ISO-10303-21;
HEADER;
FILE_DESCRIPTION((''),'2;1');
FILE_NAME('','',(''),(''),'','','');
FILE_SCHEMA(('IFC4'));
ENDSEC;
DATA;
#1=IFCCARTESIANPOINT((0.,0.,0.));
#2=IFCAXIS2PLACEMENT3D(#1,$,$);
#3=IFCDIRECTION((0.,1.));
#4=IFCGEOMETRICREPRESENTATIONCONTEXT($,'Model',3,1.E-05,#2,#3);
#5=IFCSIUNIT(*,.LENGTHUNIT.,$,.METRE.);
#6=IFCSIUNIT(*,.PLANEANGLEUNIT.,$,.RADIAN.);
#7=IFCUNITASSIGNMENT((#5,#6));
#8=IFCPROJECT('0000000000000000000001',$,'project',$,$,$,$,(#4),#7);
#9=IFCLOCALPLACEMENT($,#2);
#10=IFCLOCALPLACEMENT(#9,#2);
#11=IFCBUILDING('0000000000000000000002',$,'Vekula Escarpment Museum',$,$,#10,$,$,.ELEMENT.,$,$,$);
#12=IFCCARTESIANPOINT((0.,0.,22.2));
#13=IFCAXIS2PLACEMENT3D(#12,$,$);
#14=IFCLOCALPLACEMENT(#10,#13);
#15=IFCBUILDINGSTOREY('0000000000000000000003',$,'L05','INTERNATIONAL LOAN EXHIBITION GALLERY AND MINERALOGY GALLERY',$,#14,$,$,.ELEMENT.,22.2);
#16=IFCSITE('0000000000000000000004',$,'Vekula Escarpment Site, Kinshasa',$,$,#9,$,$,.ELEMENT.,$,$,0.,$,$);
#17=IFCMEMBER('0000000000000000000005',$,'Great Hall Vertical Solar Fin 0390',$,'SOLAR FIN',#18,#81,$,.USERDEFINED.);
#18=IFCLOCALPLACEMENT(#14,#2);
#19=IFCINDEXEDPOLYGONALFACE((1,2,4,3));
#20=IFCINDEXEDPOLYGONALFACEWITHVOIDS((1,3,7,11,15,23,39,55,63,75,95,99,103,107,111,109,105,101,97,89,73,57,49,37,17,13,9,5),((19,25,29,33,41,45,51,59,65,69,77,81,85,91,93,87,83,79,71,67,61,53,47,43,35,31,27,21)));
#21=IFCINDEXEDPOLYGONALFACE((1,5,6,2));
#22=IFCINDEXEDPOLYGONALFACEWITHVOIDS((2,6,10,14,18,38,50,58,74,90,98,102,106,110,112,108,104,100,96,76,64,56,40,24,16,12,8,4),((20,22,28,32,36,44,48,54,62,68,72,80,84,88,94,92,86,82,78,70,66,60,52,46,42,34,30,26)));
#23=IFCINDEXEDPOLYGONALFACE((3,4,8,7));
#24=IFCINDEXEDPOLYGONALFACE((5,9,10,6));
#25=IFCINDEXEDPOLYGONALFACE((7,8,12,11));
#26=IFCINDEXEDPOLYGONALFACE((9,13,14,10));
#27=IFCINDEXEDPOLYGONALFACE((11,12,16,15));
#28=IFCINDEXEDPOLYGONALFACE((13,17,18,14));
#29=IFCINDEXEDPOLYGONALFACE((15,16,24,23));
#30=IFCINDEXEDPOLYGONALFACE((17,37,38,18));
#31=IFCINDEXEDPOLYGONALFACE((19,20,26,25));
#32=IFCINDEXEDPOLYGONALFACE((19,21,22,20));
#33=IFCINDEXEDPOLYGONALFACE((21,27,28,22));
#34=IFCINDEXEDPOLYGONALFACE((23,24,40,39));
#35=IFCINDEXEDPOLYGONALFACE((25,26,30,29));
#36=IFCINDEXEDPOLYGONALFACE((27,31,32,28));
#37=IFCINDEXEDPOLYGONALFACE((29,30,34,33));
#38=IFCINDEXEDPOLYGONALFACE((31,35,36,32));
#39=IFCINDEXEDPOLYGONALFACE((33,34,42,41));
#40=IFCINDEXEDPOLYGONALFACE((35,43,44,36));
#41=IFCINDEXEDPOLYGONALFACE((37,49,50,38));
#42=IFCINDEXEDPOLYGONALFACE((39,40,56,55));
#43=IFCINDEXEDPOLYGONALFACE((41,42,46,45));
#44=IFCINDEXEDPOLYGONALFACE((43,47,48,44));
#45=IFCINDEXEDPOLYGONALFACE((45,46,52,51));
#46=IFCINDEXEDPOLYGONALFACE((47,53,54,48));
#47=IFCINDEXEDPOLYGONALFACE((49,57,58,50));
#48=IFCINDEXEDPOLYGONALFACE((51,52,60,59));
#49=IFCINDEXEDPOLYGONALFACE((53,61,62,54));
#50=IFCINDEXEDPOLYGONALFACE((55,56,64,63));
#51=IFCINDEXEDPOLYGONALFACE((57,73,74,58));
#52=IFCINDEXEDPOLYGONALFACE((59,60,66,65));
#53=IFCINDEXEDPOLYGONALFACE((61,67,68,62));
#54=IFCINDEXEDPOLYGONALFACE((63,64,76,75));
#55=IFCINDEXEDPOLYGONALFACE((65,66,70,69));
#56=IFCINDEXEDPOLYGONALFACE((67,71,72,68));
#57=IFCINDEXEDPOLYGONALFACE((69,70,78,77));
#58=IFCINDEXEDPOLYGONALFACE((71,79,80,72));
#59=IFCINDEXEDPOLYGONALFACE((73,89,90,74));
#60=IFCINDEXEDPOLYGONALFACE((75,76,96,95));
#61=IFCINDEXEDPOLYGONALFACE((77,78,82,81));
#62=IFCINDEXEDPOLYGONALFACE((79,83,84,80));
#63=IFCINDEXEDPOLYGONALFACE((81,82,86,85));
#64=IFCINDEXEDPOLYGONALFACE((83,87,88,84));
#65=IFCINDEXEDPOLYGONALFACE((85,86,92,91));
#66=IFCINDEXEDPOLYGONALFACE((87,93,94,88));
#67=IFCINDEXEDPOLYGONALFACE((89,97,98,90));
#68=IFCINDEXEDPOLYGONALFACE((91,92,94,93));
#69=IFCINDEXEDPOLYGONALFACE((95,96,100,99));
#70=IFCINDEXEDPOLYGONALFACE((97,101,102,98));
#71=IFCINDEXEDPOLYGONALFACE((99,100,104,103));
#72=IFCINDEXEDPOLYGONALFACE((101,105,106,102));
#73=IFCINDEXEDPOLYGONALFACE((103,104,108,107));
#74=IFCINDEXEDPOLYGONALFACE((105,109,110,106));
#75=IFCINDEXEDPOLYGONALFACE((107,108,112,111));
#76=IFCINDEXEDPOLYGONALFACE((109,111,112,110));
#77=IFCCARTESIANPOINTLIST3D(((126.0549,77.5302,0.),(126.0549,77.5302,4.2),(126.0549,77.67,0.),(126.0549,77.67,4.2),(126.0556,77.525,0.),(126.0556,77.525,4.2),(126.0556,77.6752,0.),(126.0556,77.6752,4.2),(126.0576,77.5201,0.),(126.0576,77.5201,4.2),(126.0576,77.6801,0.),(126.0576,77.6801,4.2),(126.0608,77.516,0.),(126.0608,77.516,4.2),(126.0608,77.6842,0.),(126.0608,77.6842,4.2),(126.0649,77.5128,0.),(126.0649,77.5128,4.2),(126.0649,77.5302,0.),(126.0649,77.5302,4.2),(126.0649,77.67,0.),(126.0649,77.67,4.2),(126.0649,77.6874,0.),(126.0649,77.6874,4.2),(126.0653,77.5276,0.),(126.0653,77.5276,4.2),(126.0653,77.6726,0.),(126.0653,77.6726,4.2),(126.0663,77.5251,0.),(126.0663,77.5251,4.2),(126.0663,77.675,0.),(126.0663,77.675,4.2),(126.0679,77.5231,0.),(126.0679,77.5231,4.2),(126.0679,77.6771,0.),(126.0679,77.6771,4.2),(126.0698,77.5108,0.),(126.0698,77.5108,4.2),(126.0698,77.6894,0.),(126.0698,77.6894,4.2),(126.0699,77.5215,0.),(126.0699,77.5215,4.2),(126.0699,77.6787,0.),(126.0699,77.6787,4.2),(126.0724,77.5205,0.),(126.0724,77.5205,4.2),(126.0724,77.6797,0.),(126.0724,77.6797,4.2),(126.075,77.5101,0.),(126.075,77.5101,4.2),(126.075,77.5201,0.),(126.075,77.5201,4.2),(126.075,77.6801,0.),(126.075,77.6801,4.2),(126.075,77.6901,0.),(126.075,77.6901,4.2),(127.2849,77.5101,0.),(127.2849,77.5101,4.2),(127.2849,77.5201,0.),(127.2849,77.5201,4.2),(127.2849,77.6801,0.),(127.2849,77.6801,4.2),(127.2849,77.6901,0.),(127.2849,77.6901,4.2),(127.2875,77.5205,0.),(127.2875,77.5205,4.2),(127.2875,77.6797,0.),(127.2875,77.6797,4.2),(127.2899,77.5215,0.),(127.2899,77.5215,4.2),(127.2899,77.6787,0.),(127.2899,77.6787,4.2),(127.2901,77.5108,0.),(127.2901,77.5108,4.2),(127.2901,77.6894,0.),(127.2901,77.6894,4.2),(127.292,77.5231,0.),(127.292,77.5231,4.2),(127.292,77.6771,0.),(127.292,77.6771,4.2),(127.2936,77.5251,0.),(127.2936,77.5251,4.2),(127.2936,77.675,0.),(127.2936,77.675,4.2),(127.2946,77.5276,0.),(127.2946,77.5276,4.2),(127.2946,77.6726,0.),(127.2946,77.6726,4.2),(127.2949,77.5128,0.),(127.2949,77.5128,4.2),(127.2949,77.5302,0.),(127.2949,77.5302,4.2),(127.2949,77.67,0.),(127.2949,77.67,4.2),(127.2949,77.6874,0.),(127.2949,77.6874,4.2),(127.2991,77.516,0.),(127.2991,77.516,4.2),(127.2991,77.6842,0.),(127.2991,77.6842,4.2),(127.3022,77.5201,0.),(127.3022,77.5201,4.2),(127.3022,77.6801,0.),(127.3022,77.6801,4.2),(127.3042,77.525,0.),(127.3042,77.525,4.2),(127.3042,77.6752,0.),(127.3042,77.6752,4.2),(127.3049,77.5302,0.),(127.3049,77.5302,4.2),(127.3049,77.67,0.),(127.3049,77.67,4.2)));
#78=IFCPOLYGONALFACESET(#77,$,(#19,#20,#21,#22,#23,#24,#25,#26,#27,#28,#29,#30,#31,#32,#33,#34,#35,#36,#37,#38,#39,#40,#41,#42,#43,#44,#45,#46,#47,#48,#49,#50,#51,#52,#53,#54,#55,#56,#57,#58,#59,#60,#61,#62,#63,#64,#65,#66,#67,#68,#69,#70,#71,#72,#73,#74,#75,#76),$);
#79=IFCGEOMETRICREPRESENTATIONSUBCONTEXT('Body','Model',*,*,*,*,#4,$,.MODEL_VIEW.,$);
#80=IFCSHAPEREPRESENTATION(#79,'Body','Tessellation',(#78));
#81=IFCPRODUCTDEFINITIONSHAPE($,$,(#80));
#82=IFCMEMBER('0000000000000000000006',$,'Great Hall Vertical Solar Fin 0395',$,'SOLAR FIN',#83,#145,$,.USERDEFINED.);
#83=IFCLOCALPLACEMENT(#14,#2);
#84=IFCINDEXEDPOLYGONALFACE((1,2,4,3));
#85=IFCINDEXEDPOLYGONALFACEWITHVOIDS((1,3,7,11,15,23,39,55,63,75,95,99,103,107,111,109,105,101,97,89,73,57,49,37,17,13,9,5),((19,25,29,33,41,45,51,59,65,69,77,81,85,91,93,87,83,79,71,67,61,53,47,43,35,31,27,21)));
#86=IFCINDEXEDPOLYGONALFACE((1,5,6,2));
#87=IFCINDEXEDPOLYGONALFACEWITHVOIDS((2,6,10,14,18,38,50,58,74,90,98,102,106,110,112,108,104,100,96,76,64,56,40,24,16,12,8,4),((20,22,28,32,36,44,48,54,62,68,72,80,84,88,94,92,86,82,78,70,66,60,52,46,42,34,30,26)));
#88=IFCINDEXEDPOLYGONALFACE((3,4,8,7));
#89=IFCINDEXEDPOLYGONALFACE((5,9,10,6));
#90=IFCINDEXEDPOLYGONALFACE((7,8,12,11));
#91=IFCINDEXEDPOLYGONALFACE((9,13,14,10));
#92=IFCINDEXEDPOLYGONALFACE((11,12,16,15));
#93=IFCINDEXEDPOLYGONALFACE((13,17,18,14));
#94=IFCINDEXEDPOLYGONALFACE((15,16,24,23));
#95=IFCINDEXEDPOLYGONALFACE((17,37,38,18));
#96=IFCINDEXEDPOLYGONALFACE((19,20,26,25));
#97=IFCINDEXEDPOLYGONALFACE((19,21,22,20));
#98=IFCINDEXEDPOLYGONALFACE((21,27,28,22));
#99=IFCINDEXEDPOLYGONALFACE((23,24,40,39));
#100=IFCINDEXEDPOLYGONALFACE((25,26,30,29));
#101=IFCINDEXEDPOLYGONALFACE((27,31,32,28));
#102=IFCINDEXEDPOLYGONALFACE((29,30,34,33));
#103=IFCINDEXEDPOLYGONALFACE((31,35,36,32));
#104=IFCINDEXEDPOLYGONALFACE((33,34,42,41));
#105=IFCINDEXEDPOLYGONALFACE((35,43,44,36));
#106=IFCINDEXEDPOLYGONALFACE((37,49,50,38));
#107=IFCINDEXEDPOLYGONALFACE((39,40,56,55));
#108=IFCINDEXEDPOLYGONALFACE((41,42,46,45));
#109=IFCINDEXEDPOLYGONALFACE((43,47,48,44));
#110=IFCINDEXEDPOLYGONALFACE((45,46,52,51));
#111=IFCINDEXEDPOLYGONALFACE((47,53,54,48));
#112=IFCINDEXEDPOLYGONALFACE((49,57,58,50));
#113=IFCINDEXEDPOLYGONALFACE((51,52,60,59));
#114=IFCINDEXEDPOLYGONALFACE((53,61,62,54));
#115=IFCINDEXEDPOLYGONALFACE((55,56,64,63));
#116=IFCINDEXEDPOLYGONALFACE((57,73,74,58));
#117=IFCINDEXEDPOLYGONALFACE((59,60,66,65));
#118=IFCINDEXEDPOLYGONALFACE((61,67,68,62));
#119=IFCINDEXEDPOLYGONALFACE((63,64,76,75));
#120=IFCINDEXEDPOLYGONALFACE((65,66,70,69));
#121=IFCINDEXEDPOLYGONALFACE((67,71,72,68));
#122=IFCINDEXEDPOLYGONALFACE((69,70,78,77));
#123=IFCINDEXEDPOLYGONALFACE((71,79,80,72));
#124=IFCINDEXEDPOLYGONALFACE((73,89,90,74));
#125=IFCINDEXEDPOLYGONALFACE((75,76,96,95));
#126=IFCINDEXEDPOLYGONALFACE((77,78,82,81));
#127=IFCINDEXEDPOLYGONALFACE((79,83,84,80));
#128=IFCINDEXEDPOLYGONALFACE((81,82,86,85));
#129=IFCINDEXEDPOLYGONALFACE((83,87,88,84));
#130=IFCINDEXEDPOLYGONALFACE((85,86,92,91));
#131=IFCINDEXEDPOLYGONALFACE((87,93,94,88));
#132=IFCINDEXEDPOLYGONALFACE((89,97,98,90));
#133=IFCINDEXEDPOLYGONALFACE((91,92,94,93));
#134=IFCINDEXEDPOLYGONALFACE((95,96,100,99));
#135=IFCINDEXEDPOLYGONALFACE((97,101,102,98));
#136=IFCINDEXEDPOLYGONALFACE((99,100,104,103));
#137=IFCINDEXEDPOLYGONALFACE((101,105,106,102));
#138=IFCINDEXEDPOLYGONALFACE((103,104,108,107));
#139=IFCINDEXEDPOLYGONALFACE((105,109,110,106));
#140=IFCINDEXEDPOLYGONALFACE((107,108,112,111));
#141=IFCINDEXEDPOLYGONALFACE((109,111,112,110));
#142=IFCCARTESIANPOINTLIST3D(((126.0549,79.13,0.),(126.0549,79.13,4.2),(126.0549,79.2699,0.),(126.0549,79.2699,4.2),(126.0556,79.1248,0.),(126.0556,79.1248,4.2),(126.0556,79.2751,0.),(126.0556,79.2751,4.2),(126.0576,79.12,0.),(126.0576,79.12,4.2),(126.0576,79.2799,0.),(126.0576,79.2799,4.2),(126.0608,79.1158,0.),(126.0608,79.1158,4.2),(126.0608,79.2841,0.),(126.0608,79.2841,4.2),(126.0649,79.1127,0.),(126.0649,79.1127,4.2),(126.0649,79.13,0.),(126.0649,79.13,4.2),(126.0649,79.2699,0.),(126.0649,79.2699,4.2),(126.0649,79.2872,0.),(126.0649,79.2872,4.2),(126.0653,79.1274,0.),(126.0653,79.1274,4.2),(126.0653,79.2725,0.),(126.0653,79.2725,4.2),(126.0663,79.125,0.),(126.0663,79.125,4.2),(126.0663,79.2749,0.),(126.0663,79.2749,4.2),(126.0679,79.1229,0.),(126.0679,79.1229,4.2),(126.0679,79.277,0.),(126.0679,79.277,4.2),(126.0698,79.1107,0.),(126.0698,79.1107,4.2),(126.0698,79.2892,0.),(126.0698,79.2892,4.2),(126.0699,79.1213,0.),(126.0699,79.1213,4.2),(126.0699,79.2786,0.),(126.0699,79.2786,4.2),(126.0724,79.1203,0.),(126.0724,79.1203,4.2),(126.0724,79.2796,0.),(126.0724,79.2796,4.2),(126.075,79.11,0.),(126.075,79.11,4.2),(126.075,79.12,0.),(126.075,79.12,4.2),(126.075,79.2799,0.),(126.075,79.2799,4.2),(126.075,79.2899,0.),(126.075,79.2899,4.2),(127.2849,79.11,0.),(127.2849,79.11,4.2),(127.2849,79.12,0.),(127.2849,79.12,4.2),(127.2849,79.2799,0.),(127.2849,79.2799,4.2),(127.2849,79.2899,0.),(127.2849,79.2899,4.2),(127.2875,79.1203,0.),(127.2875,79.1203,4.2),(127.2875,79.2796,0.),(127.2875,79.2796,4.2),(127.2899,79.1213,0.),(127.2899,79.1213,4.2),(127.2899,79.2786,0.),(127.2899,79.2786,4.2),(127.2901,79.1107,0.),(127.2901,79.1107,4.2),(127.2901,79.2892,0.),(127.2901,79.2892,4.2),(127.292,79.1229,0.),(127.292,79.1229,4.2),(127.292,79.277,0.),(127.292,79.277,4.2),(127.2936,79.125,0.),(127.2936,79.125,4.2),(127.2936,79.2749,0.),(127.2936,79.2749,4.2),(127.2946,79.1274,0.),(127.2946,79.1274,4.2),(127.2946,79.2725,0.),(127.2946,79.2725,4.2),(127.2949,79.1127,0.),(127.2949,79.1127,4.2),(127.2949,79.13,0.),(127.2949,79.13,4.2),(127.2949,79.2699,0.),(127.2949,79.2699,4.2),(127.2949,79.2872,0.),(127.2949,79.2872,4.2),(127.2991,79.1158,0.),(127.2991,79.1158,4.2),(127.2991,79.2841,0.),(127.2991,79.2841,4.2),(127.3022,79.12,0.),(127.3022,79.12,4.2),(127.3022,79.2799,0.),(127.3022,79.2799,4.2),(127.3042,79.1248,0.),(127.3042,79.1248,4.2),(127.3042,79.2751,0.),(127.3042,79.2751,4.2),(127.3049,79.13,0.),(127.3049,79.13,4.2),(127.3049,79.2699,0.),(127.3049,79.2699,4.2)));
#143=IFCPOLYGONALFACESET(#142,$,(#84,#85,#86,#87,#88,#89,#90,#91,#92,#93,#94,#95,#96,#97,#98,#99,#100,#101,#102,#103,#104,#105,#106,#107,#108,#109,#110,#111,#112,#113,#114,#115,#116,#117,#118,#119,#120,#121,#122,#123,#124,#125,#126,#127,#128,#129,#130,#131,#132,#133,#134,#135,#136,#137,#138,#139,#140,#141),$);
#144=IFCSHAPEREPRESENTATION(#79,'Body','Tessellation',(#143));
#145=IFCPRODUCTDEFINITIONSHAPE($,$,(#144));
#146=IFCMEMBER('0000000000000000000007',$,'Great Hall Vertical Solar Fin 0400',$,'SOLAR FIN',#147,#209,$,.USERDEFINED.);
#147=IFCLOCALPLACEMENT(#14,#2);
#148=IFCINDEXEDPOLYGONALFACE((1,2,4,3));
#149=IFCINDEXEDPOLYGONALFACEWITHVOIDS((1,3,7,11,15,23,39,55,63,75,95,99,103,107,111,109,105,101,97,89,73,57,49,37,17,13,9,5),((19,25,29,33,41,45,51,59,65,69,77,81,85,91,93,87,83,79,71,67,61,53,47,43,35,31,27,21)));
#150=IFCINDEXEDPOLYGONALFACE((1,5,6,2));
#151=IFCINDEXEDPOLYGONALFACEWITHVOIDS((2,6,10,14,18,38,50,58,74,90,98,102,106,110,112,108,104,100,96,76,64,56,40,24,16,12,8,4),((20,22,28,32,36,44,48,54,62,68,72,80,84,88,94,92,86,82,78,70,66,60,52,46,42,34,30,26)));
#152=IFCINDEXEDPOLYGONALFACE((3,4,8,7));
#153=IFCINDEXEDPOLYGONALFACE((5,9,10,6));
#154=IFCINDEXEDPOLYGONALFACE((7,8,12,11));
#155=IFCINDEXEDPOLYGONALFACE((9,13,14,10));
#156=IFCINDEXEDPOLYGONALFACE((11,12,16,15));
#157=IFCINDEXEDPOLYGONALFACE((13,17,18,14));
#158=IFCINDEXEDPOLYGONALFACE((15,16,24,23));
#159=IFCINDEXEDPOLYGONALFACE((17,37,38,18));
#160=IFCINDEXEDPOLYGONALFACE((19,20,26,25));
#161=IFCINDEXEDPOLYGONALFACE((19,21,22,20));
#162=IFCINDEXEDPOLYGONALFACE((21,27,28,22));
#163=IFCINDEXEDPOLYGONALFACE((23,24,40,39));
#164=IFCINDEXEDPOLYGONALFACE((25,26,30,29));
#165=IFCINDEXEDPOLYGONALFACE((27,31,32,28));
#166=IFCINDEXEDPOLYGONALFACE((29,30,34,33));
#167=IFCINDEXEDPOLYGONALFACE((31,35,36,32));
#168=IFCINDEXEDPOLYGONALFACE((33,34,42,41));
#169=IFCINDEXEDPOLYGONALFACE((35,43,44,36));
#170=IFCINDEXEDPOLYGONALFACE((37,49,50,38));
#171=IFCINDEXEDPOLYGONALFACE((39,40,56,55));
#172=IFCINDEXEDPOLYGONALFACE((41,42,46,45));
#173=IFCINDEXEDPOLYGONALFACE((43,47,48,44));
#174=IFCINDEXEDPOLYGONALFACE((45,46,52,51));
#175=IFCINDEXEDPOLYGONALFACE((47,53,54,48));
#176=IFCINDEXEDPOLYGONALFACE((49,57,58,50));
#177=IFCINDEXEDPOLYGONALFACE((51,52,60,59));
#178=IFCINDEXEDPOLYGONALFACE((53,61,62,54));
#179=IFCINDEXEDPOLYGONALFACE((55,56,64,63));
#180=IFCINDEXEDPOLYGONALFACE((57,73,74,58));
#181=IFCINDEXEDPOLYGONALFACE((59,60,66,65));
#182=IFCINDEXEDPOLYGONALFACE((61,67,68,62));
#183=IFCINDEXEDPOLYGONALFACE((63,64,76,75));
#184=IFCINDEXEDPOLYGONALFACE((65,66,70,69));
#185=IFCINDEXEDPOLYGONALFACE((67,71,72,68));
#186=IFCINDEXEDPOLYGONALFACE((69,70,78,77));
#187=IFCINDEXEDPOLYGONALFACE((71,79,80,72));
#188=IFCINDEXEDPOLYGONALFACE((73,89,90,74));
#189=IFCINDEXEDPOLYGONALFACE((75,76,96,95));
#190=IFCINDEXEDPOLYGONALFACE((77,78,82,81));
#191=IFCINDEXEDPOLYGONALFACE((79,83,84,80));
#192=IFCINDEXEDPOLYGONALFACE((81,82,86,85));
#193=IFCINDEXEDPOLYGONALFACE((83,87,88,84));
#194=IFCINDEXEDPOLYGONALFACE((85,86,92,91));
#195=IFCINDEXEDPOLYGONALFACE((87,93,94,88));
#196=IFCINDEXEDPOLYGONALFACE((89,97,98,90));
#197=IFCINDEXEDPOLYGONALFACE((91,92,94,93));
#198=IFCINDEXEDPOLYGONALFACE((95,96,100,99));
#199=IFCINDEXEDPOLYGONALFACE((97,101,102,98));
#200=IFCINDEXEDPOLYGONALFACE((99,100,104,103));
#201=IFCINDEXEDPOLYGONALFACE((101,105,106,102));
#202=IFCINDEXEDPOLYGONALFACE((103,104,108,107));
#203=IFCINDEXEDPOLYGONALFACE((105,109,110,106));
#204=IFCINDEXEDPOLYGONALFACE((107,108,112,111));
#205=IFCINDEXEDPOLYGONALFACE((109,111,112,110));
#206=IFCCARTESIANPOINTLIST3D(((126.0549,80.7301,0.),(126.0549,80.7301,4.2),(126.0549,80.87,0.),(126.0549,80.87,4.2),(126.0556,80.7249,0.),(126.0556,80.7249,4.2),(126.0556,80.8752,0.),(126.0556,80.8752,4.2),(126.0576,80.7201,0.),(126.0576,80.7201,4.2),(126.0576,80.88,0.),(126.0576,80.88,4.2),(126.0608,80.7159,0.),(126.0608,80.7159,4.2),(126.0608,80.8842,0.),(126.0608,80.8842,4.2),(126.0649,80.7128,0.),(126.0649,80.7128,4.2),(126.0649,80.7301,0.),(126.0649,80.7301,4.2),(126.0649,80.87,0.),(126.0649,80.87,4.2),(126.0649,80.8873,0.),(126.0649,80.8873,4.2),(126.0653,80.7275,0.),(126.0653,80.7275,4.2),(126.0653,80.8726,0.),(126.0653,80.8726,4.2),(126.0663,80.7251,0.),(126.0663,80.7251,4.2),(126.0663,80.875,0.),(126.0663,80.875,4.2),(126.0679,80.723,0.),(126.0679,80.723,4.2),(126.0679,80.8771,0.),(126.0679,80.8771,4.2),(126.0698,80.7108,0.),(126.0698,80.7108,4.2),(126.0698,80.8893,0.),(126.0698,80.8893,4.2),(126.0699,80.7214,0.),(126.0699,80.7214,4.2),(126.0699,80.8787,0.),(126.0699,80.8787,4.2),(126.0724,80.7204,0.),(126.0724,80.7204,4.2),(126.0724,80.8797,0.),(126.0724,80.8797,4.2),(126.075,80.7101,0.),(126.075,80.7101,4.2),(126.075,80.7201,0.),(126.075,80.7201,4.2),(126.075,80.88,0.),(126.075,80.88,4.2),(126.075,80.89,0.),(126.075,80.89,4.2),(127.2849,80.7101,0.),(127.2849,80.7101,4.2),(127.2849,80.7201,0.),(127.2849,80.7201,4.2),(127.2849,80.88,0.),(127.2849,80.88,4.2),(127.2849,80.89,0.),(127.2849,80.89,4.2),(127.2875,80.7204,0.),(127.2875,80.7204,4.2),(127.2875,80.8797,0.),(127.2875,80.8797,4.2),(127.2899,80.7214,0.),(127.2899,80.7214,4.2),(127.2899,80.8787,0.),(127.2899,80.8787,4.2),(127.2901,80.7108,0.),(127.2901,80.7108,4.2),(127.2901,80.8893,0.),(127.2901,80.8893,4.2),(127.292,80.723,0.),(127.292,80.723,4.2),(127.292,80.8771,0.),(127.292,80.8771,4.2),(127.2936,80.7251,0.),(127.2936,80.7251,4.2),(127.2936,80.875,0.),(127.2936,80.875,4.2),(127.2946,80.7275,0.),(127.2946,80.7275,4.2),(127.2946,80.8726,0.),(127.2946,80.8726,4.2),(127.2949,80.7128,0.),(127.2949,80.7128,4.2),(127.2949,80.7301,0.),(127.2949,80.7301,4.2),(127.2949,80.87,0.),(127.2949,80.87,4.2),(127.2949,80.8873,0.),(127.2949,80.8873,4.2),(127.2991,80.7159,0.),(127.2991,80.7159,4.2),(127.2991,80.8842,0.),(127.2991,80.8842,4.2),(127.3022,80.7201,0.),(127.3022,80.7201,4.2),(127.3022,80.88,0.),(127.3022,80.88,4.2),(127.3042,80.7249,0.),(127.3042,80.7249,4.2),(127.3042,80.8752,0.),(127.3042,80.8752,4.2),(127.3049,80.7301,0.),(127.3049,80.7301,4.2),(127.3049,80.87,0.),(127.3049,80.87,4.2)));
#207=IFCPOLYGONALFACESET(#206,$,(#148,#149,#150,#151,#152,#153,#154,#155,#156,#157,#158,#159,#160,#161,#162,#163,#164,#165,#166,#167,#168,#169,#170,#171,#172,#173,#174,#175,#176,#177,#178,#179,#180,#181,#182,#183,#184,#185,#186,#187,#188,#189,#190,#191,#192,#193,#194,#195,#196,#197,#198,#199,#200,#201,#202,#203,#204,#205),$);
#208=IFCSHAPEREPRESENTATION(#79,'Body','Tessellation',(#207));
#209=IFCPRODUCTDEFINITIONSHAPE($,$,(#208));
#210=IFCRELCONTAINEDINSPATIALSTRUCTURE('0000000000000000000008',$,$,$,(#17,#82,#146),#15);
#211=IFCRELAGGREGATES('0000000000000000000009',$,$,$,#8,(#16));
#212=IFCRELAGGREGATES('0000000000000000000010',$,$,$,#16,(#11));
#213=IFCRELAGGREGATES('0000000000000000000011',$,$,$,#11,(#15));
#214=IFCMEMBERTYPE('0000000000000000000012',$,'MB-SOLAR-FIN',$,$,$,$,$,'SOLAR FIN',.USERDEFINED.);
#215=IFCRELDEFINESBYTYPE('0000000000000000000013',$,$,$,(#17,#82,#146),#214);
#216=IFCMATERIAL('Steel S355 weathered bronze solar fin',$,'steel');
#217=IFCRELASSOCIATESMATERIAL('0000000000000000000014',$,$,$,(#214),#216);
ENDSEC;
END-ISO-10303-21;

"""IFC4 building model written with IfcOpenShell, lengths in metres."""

from ifc_helpers import new_model, si_unit, direction, frame, origin, origin_2d, place, context, subcontext, project, spatial, hollow_rectangle, extrude, material, material_profile, profile_set, type_object, element, save


model = new_model("IFC4")

# Units and contexts
model_context = context("Model", 3, precision=1e-05, world=origin(), true_north=direction((0.0, 1.0)))
body_context = subcontext(model_context, "Body", "Model", "MODEL_VIEW")
ifc_project = project(units=[si_unit("LENGTHUNIT", "METRE"), si_unit("PLANEANGLEUNIT", "RADIAN")], contexts=[model_context])

# Site, building, storey
site_placement = place(None, origin())
site = spatial("IfcSite", under=ifc_project, at=site_placement, Name="Vekula Escarpment Site, Kinshasa", CompositionType="ELEMENT", RefElevation=0.0)
building_placement = place(site_placement, origin())
building = spatial("IfcBuilding", under=site, at=building_placement, Name="Vekula Escarpment Museum", CompositionType="ELEMENT")
storey_placement = place(building_placement, frame((0.0, 0.0, 22.2)))
storey = spatial("IfcBuildingStorey", under=building, at=storey_placement, Name="L05", Description="INTERNATIONAL LOAN EXHIBITION GALLERY AND MINERALOGY GALLERY", CompositionType="ELEMENT", Elevation=22.2)

# Members
ifc_material_1 = material(Name="Steel S355 weathered bronze solar fin", Category="steel")
ifc_material_profile_1 = material_profile(ifc_material_1, hollow_rectangle(XDim=0.1799, YDim=1.25, WallThickness=0.01, InnerFilletRadius=0.01, OuterFilletRadius=0.02, at=origin_2d()), Name="RHS 1250x180x10")
ifc_profile_set_1 = profile_set([ifc_material_profile_1], Name="Steel S355 weathered bronze solar fin")
member_type_1 = type_object("IfcMemberType", Name="MB-SOLAR-FIN", ElementType="SOLAR FIN", PredefinedType="USERDEFINED", material=ifc_profile_set_1)
for number, where, z_axis, x_axis, name in (
    (1, (126.6799, 77.6001, 0.0), (0.0, 0.0, 1.0), (0.0, 1.0, 0.0), "Great Hall Vertical Solar Fin 0390"),
    (2, (126.6799, 79.2, 0.0), (0.0, 0.0, 1.0), (0.0, 1.0, 0.0), "Great Hall Vertical Solar Fin 0395"),
    (3, (126.6799, 80.8, 0.0), (0.0, 0.0, 1.0), (0.0, 1.0, 0.0), "Great Hall Vertical Solar Fin 0400"),
):
    element("IfcMember", number, at=place(storey_placement, frame(where, z_axis=z_axis, x_axis=x_axis)), inside=storey, type_object=member_type_1, Name=name, ObjectType="SOLAR FIN", PredefinedType="USERDEFINED", context=body_context, shape_type="SweptSolid", body=[
        extrude(hollow_rectangle(XDim=0.1799, YDim=1.25, WallThickness=0.01, InnerFilletRadius=0.01, OuterFilletRadius=0.02, at=origin_2d()), origin(), (0.0, 0.0, 1.0), 4.2),
    ])

save(model, "model.ifc")
